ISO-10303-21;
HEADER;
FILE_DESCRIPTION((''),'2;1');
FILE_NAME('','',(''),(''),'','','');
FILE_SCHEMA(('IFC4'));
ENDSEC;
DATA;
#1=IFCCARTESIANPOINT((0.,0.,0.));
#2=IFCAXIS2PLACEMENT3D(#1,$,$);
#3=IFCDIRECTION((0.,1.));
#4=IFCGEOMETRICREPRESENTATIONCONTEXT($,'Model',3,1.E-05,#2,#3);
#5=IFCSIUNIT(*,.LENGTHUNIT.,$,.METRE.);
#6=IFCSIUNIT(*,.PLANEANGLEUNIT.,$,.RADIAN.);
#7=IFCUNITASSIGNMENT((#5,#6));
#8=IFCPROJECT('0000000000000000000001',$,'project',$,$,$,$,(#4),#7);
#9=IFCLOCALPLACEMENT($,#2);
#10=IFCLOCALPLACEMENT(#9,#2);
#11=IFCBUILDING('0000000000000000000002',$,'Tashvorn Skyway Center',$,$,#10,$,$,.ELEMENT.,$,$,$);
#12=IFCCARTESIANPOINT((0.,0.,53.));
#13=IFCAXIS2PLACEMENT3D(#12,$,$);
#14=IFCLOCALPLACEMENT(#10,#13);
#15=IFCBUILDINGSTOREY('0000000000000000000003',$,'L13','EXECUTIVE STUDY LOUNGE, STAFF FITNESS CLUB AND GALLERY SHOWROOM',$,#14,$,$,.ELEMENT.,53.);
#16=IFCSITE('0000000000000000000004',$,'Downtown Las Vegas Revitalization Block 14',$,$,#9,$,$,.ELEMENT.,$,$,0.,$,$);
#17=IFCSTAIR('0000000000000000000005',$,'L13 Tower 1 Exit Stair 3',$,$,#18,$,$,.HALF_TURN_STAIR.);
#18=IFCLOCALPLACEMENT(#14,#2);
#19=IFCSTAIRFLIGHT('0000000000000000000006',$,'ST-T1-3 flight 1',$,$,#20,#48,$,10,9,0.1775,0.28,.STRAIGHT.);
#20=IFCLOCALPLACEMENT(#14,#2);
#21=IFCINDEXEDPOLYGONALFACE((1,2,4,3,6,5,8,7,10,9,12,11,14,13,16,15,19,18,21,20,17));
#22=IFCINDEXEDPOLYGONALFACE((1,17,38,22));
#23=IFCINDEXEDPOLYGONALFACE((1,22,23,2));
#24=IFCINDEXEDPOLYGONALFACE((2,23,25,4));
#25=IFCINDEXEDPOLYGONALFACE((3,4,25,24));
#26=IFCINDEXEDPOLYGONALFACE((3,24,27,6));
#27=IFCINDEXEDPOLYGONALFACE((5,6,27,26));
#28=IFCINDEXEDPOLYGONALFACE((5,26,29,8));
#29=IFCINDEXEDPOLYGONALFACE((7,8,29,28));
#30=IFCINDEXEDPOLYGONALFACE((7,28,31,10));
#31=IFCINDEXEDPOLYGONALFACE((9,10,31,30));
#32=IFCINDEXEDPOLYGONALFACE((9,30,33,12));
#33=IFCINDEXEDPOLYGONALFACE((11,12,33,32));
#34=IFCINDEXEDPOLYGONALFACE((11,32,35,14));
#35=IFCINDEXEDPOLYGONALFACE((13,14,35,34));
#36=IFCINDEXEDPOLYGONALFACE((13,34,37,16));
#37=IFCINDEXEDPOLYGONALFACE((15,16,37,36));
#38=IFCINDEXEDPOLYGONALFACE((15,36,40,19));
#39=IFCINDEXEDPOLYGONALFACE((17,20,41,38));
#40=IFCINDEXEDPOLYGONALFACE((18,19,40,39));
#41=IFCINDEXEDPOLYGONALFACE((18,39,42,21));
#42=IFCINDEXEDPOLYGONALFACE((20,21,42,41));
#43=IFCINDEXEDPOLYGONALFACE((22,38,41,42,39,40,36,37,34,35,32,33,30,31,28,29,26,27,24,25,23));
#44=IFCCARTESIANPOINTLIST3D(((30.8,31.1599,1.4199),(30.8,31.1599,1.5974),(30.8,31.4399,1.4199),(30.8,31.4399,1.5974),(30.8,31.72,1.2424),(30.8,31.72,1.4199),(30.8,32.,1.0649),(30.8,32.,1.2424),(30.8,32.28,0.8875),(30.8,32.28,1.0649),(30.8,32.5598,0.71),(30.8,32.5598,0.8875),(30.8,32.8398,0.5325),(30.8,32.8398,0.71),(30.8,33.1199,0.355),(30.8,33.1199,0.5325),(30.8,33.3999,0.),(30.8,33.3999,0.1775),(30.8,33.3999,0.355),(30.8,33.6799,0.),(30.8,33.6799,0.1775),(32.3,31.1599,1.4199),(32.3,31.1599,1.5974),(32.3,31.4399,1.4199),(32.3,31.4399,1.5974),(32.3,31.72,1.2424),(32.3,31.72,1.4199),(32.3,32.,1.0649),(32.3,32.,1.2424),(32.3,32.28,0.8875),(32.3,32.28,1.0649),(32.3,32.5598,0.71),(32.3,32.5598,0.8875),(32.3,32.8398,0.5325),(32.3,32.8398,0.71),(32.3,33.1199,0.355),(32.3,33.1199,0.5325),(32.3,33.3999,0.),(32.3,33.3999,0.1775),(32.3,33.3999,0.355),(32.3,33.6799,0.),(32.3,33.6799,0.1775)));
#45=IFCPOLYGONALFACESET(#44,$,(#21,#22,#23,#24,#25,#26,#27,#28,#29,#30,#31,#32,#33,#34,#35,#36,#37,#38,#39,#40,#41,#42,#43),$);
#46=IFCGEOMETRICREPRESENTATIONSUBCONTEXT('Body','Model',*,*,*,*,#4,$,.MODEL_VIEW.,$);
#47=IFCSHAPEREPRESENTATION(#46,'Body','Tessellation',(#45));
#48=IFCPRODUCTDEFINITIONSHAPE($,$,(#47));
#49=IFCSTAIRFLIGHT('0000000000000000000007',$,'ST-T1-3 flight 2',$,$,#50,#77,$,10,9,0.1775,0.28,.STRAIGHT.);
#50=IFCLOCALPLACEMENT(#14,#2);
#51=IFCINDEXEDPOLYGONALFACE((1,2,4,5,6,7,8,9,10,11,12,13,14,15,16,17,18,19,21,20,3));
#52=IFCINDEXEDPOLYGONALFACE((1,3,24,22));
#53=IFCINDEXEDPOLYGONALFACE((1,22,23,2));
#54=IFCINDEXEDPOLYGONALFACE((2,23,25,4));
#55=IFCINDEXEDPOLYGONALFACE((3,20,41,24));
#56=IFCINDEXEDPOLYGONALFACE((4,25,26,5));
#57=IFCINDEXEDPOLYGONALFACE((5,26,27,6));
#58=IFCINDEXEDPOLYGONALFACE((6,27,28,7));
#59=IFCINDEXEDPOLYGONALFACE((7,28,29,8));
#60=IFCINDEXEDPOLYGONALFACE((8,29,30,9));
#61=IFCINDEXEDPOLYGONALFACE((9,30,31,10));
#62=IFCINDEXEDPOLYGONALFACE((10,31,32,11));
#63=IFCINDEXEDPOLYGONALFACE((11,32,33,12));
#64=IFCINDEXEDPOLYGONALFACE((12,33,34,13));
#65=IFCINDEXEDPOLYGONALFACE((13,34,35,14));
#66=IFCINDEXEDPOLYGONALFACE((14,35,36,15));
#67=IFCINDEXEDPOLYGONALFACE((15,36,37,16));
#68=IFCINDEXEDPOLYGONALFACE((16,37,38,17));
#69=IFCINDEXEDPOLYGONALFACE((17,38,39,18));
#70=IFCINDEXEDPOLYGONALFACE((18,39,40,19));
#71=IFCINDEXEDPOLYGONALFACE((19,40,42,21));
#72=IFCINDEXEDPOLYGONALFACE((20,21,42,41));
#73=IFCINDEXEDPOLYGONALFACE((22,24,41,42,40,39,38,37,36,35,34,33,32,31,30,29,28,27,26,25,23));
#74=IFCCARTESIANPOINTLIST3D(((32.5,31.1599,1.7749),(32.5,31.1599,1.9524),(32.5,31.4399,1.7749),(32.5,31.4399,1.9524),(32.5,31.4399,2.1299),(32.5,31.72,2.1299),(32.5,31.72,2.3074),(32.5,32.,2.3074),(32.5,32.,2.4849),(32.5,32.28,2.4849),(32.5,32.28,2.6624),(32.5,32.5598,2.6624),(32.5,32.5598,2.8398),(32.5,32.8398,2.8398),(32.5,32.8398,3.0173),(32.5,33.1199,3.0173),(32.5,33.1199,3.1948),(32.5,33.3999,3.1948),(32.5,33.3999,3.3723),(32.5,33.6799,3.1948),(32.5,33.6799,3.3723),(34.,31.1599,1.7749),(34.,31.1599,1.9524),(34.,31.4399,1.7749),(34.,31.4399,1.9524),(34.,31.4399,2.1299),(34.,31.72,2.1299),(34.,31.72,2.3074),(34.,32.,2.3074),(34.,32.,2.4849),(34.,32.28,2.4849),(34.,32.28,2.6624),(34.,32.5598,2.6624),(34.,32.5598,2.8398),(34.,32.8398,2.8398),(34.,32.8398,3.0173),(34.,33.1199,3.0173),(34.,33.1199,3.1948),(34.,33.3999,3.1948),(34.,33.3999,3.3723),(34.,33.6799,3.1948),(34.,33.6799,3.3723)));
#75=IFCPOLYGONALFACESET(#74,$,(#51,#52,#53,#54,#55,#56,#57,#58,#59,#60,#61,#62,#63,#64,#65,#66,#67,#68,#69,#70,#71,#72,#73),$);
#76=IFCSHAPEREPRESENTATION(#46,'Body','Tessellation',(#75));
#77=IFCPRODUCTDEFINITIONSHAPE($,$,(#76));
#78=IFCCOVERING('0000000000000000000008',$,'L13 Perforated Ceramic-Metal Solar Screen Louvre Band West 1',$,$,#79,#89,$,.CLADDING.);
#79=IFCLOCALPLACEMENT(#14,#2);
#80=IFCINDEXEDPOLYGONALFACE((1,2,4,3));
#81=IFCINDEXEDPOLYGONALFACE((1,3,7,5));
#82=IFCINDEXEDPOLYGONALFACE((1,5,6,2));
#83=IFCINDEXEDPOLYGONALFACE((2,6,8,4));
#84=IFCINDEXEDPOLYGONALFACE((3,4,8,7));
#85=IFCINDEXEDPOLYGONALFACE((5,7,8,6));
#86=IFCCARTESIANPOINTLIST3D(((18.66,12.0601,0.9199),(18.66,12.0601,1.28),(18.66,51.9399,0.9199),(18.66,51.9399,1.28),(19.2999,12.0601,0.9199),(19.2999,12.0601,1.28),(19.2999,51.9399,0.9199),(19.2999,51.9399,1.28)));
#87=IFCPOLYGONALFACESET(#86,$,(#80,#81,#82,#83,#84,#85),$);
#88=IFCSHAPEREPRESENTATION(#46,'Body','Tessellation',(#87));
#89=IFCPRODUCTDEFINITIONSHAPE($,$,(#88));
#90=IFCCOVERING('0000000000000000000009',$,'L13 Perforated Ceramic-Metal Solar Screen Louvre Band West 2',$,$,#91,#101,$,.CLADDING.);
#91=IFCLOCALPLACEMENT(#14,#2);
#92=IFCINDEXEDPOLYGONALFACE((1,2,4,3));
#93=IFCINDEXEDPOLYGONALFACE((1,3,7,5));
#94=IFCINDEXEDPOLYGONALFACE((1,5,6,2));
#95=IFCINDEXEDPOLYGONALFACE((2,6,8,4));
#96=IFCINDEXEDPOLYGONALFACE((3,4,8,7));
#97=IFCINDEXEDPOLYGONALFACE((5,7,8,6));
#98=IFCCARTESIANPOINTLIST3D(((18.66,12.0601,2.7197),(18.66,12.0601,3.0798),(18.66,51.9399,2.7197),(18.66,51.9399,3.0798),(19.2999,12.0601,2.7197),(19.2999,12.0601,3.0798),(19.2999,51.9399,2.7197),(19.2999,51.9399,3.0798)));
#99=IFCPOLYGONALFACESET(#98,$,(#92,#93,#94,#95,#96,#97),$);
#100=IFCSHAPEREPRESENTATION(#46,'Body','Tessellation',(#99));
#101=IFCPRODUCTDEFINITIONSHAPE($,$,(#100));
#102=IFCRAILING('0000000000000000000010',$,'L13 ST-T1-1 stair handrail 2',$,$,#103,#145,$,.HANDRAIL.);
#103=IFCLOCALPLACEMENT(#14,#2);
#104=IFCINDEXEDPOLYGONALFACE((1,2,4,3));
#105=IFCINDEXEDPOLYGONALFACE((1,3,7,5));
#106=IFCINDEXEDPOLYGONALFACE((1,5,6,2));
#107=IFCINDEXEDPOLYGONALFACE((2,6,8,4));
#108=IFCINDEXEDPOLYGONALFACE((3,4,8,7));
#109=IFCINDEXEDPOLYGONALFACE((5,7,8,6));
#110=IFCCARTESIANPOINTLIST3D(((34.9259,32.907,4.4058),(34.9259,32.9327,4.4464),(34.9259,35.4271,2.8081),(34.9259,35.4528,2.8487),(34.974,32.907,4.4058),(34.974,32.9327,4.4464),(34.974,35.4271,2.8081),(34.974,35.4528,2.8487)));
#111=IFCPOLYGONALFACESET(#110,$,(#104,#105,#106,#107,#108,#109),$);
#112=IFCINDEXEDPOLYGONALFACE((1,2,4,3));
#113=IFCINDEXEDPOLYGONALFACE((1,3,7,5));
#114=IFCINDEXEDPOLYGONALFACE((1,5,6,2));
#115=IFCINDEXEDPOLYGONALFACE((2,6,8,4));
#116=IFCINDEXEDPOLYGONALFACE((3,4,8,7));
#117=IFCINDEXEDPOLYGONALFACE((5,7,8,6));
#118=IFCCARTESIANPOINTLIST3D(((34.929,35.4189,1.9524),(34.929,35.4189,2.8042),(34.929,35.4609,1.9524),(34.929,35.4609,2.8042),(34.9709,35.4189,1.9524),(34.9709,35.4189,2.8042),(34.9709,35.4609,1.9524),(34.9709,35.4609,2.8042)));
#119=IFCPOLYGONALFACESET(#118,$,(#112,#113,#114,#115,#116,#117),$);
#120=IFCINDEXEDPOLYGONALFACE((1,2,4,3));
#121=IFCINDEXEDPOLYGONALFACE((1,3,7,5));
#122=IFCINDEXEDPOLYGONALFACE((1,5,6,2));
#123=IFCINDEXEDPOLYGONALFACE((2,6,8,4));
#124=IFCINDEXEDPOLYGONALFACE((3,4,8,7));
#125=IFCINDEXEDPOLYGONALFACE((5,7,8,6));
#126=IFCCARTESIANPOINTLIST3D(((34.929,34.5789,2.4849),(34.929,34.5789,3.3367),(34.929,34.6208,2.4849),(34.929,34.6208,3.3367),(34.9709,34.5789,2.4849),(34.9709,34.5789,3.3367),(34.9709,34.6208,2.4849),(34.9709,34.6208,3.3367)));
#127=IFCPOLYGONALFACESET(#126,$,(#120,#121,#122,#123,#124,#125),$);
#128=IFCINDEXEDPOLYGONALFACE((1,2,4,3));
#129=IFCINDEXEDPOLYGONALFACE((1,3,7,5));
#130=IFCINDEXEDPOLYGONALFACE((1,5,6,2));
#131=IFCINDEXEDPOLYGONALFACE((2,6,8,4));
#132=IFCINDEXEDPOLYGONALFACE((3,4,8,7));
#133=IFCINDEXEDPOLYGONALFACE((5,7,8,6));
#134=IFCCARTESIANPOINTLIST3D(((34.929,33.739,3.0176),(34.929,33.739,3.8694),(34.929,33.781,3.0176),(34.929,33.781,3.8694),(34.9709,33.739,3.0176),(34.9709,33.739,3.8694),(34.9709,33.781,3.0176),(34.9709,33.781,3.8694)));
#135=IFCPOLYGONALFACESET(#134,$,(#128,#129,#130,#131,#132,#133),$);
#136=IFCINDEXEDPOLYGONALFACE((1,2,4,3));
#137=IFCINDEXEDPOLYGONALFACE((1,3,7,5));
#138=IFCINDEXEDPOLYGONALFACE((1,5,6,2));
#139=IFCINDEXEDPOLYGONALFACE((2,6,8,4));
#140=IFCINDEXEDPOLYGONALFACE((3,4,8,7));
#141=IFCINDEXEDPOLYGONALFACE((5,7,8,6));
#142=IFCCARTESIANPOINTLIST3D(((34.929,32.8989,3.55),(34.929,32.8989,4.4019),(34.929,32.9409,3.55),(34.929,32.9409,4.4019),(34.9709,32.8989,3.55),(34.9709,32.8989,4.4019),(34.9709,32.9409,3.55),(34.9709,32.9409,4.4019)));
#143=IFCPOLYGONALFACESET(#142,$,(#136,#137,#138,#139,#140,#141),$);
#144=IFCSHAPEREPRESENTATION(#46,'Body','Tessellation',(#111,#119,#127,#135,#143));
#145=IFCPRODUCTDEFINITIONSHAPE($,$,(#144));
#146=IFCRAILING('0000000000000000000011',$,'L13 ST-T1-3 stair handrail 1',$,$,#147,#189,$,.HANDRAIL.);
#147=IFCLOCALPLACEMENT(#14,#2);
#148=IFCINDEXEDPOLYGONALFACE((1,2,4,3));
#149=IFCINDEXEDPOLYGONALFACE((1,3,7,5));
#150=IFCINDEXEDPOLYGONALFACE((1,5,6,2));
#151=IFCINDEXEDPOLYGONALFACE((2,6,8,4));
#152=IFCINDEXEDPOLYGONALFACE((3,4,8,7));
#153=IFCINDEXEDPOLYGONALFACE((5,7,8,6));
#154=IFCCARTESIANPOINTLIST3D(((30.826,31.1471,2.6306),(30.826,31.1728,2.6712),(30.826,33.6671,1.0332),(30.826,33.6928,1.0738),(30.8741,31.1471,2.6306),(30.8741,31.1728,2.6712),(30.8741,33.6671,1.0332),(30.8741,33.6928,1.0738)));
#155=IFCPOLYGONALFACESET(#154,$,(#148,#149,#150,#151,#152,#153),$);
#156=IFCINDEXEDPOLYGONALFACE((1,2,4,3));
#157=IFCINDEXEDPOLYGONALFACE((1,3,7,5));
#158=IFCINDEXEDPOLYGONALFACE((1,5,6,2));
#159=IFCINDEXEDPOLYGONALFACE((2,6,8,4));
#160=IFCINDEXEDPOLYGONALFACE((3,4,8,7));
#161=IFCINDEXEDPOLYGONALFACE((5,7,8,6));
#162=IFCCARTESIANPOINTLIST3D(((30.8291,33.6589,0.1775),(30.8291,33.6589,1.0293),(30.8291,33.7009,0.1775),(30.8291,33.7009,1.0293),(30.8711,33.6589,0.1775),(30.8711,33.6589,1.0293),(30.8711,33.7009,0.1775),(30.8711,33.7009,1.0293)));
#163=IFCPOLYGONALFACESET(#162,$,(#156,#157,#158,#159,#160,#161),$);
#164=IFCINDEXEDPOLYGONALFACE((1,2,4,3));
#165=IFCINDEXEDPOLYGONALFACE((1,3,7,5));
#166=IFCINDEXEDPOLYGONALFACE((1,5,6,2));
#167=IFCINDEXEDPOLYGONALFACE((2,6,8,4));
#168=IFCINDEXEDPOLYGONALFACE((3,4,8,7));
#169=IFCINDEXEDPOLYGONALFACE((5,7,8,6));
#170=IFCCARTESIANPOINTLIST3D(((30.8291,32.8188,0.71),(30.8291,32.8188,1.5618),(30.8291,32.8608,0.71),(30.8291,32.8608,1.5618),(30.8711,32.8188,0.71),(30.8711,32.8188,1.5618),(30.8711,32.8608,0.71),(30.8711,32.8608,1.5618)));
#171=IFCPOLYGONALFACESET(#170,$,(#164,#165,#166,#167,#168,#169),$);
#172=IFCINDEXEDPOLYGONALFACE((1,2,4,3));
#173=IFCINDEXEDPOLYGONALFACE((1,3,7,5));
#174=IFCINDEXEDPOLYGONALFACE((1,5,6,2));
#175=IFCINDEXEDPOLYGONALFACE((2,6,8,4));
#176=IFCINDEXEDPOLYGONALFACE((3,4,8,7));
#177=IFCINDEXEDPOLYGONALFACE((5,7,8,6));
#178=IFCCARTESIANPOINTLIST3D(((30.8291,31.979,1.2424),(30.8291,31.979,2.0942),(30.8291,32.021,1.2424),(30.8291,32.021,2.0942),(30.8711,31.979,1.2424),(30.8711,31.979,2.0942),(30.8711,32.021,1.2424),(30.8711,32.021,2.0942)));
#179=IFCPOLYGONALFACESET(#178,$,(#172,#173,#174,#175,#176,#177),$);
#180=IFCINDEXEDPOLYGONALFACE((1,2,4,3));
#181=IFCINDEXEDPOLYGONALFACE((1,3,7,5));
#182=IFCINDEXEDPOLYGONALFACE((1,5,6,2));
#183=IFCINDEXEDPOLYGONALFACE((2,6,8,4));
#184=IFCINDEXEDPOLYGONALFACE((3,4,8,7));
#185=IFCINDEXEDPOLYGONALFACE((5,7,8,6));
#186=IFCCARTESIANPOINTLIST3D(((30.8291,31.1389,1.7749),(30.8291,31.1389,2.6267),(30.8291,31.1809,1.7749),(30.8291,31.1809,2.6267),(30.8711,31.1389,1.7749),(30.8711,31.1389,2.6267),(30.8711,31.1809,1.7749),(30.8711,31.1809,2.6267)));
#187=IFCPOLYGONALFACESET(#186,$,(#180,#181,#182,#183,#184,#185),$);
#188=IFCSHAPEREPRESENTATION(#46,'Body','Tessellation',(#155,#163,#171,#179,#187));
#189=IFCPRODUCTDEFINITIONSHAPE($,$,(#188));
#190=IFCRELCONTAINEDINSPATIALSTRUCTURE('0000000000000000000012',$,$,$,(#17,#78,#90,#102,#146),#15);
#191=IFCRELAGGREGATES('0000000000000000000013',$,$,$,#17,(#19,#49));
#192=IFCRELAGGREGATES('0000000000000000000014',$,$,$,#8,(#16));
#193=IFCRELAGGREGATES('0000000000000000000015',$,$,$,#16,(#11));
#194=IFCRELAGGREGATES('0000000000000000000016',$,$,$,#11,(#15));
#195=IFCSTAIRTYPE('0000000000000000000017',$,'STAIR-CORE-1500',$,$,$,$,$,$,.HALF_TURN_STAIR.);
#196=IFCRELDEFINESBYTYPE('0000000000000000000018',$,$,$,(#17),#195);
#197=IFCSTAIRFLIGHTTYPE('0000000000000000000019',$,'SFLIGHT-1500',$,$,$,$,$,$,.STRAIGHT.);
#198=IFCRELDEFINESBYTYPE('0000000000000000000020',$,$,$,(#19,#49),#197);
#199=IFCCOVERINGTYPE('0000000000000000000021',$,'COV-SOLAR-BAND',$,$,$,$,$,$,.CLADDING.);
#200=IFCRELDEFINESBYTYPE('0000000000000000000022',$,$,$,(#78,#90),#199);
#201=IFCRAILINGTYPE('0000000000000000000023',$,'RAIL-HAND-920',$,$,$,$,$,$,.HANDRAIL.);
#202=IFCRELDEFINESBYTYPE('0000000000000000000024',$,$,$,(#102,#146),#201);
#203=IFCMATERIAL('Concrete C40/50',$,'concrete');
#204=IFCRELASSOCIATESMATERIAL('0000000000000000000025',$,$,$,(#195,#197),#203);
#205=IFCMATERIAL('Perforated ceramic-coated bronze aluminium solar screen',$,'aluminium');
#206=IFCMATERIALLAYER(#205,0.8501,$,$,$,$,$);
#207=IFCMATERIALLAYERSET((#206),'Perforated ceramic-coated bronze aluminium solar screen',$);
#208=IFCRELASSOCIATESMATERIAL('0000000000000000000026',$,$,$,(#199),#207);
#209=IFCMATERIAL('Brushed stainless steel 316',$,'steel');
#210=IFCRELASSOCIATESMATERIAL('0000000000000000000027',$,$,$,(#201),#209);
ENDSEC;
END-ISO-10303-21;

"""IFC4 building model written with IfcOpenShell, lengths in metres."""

from ifc_helpers import new_model, si_unit, direction, frame, origin, origin_2d, place, context, subcontext, project, spatial, polyline, rectangle, outline, extrude, material, layer, layer_set, type_object, element, aggregate, save


model = new_model("IFC4")

# Units and contexts
model_context = context("Model", 3, precision=1e-05, world=origin(), true_north=direction((0.0, 1.0)))
body_context = subcontext(model_context, "Body", "Model", "MODEL_VIEW")
ifc_project = project(units=[si_unit("LENGTHUNIT", "METRE"), si_unit("PLANEANGLEUNIT", "RADIAN")], contexts=[model_context])

# Site, building, storey
site_placement = place(None, origin())
site = spatial("IfcSite", under=ifc_project, at=site_placement, Name="Downtown Las Vegas Revitalization Block 14", CompositionType="ELEMENT", RefElevation=0.0)
building_placement = place(site_placement, origin())
building = spatial("IfcBuilding", under=site, at=building_placement, Name="Tashvorn Skyway Center", CompositionType="ELEMENT")
storey_placement = place(building_placement, frame((0.0, 0.0, 53.0)))
storey = spatial("IfcBuildingStorey", under=building, at=storey_placement, Name="L13", Description="EXECUTIVE STUDY LOUNGE, STAFF FITNESS CLUB AND GALLERY SHOWROOM", CompositionType="ELEMENT", Elevation=53.0)

# Shared definitions
ifc_material_1 = material(Name="Concrete C40/50", Category="concrete")

# Shared definitions
stair_type = type_object("IfcStairType", Name="STAIR-CORE-1500", PredefinedType="HALF_TURN_STAIR", material=ifc_material_1)
stair_flight_type = type_object("IfcStairFlightType", Name="SFLIGHT-1500", PredefinedType="STRAIGHT", material=ifc_material_1)

# Stair, stair flights
stair_1_placement = place(storey_placement, origin())
stair_1 = element("IfcStair", 1, at=stair_1_placement, inside=storey, type_object=stair_type, Name="L13 Tower 1 Exit Stair 3", PredefinedType="HALF_TURN_STAIR")
stair_flight_1_placement = place(storey_placement, frame((31.55, 33.6799, 0.0), z_axis=(0.0, 0.0, 1.0), x_axis=(0.0, -1.0, 0.0)))
stair_flight_1 = element("IfcStairFlight", 2, at=stair_flight_1_placement, type_object=stair_flight_type, Name="ST-T1-3 flight 1", NumberOfRisers=10, NumberOfTreads=9, PredefinedType="STRAIGHT", RiserHeight=0.1775, TreadLength=0.28, context=body_context, shape_type="SweptSolid", body=[
    extrude(outline(polyline([(0.0, 0.0), (0.0, 0.1775), (0.28, 0.1775), (0.28, 0.355), (0.5601, 0.355), (0.5601, 0.5325), (0.8401, 0.5325), (0.8401, 0.71), (1.1201, 0.71), (1.1201, 0.8875), (1.3999, 0.8875), (1.3999, 1.0649), (1.6799, 1.0649), (1.6799, 1.2424), (1.96, 1.2424), (1.96, 1.4199), (2.24, 1.4199), (2.24, 1.5974), (2.52, 1.5974), (2.52, 1.7749), (2.52, 1.4199), (0.28, 0.0), (0.0, 0.0)])), frame((0.0, 0.75, 0.0), z_axis=(0.0, -1.0, 0.0), x_axis=(1.0, 0.0, 0.0)), (0.0, 0.0, 1.0), 1.5),
])
stair_flight_2_placement = place(storey_placement, frame((33.25, 31.1599, 1.7749), z_axis=(0.0, 0.0, 1.0), x_axis=(0.0, 1.0, 0.0)))
stair_flight_2 = element("IfcStairFlight", 3, at=stair_flight_2_placement, type_object=stair_flight_type, Name="ST-T1-3 flight 2", NumberOfRisers=10, NumberOfTreads=9, PredefinedType="STRAIGHT", RiserHeight=0.1775, TreadLength=0.28, context=body_context, shape_type="SweptSolid", body=[
    extrude(outline(polyline([(0.0, 0.0), (0.0, 0.1775), (0.28, 0.1775), (0.28, 0.355), (0.5601, 0.355), (0.5601, 0.5325), (0.8401, 0.5325), (0.8401, 0.71), (1.1201, 0.71), (1.1201, 0.8875), (1.3999, 0.8875), (1.3999, 1.0649), (1.6799, 1.0649), (1.6799, 1.2424), (1.96, 1.2424), (1.96, 1.4199), (2.24, 1.4199), (2.24, 1.5974), (2.52, 1.5974), (2.52, 1.7749), (2.52, 1.4199), (0.28, 0.0), (0.0, 0.0)])), frame((0.0, 0.75, 0.0), z_axis=(0.0, -1.0, 0.0), x_axis=(1.0, 0.0, 0.0)), (0.0, 0.0, 1.0), 1.5),
])
aggregate(stair_1, [stair_flight_1, stair_flight_2])

# Coverings
ifc_material_2 = material(Name="Perforated ceramic-coated bronze aluminium solar screen", Category="aluminium")
ifc_layer_1 = layer(ifc_material_2, 0.8501)
ifc_layer_set_1 = layer_set([ifc_layer_1], Name="Perforated ceramic-coated bronze aluminium solar screen")
covering_type = type_object("IfcCoveringType", Name="COV-SOLAR-BAND", PredefinedType="CLADDING", material=ifc_layer_set_1)
for number, where, z_axis, x_axis, name in (
    (4, (18.98, 32.0, 0.9199), (0.0, 0.0, 1.0), (0.0, 1.0, 0.0), "L13 Perforated Ceramic-Metal Solar Screen Louvre Band West 1"),
    (5, (18.98, 32.0, 2.7197), (0.0, 0.0, 1.0), (0.0, 1.0, 0.0), "L13 Perforated Ceramic-Metal Solar Screen Louvre Band West 2"),
):
    element("IfcCovering", number, at=place(storey_placement, frame(where, z_axis=z_axis, x_axis=x_axis)), inside=storey, type_object=covering_type, Name=name, PredefinedType="CLADDING", context=body_context, shape_type="SweptSolid", body=[
        extrude(rectangle(XDim=39.8799, YDim=0.6399, at=origin_2d()), origin(), (0.0, 0.0, 1.0), 0.3601),
    ])

# Railings
ifc_material_3 = material(Name="Brushed stainless steel 316", Category="steel")
railing_type_1 = type_object("IfcRailingType", Name="RAIL-HAND-920", PredefinedType="HANDRAIL", material=ifc_material_3)
railing_1_placement = place(storey_placement, frame((34.95, 35.4399, 1.9524)))
element("IfcRailing", 6, at=railing_1_placement, inside=storey, type_object=railing_type_1, Name="L13 ST-T1-1 stair handrail 2", PredefinedType="HANDRAIL", context=body_context, shape_type="SweptSolid", body=[
    extrude(rectangle(XDim=0.0481, YDim=0.0481, at=origin_2d()), frame((0.0, 0.0, 0.876), z_axis=(0.0, -0.84457, 0.535445), x_axis=(1.0, 0.0, 0.0)), (0.0, 0.0, 1.0), 2.9839),
    extrude(rectangle(XDim=0.042, YDim=0.042, at=origin_2d()), origin(), (0.0, 0.0, 1.0), 0.8518),
    extrude(rectangle(XDim=0.042, YDim=0.042, at=origin_2d()), frame((0.0, -0.8401, 0.5325)), (0.0, 0.0, 1.0), 0.8518),
    extrude(rectangle(XDim=0.042, YDim=0.042, at=origin_2d()), frame((0.0, -1.6799, 1.0652)), (0.0, 0.0, 1.0), 0.8518),
    extrude(rectangle(XDim=0.042, YDim=0.042, at=origin_2d()), frame((0.0, -2.52, 1.5977)), (0.0, 0.0, 1.0), 0.8518),
])
railing_2_placement = place(storey_placement, frame((30.8501, 33.6799, 0.1775)))
element("IfcRailing", 7, at=railing_2_placement, inside=storey, type_object=railing_type_1, Name="L13 ST-T1-3 stair handrail 1", PredefinedType="HANDRAIL", context=body_context, shape_type="SweptSolid", body=[
    extrude(rectangle(XDim=0.0481, YDim=0.0481, at=origin_2d()), frame((0.0, 0.0, 0.876), z_axis=(0.0, -0.844607, 0.535387), x_axis=(1.0, 0.0, 0.0)), (0.0, 0.0, 1.0), 2.9836),
    extrude(rectangle(XDim=0.042, YDim=0.042, at=origin_2d()), origin(), (0.0, 0.0, 1.0), 0.8518),
    extrude(rectangle(XDim=0.042, YDim=0.042, at=origin_2d()), frame((0.0, -0.8401, 0.5325)), (0.0, 0.0, 1.0), 0.8518),
    extrude(rectangle(XDim=0.042, YDim=0.042, at=origin_2d()), frame((0.0, -1.6799, 1.0649)), (0.0, 0.0, 1.0), 0.8518),
    extrude(rectangle(XDim=0.042, YDim=0.042, at=origin_2d()), frame((0.0, -2.52, 1.5974)), (0.0, 0.0, 1.0), 0.8518),
])

save(model, "model.ifc")
